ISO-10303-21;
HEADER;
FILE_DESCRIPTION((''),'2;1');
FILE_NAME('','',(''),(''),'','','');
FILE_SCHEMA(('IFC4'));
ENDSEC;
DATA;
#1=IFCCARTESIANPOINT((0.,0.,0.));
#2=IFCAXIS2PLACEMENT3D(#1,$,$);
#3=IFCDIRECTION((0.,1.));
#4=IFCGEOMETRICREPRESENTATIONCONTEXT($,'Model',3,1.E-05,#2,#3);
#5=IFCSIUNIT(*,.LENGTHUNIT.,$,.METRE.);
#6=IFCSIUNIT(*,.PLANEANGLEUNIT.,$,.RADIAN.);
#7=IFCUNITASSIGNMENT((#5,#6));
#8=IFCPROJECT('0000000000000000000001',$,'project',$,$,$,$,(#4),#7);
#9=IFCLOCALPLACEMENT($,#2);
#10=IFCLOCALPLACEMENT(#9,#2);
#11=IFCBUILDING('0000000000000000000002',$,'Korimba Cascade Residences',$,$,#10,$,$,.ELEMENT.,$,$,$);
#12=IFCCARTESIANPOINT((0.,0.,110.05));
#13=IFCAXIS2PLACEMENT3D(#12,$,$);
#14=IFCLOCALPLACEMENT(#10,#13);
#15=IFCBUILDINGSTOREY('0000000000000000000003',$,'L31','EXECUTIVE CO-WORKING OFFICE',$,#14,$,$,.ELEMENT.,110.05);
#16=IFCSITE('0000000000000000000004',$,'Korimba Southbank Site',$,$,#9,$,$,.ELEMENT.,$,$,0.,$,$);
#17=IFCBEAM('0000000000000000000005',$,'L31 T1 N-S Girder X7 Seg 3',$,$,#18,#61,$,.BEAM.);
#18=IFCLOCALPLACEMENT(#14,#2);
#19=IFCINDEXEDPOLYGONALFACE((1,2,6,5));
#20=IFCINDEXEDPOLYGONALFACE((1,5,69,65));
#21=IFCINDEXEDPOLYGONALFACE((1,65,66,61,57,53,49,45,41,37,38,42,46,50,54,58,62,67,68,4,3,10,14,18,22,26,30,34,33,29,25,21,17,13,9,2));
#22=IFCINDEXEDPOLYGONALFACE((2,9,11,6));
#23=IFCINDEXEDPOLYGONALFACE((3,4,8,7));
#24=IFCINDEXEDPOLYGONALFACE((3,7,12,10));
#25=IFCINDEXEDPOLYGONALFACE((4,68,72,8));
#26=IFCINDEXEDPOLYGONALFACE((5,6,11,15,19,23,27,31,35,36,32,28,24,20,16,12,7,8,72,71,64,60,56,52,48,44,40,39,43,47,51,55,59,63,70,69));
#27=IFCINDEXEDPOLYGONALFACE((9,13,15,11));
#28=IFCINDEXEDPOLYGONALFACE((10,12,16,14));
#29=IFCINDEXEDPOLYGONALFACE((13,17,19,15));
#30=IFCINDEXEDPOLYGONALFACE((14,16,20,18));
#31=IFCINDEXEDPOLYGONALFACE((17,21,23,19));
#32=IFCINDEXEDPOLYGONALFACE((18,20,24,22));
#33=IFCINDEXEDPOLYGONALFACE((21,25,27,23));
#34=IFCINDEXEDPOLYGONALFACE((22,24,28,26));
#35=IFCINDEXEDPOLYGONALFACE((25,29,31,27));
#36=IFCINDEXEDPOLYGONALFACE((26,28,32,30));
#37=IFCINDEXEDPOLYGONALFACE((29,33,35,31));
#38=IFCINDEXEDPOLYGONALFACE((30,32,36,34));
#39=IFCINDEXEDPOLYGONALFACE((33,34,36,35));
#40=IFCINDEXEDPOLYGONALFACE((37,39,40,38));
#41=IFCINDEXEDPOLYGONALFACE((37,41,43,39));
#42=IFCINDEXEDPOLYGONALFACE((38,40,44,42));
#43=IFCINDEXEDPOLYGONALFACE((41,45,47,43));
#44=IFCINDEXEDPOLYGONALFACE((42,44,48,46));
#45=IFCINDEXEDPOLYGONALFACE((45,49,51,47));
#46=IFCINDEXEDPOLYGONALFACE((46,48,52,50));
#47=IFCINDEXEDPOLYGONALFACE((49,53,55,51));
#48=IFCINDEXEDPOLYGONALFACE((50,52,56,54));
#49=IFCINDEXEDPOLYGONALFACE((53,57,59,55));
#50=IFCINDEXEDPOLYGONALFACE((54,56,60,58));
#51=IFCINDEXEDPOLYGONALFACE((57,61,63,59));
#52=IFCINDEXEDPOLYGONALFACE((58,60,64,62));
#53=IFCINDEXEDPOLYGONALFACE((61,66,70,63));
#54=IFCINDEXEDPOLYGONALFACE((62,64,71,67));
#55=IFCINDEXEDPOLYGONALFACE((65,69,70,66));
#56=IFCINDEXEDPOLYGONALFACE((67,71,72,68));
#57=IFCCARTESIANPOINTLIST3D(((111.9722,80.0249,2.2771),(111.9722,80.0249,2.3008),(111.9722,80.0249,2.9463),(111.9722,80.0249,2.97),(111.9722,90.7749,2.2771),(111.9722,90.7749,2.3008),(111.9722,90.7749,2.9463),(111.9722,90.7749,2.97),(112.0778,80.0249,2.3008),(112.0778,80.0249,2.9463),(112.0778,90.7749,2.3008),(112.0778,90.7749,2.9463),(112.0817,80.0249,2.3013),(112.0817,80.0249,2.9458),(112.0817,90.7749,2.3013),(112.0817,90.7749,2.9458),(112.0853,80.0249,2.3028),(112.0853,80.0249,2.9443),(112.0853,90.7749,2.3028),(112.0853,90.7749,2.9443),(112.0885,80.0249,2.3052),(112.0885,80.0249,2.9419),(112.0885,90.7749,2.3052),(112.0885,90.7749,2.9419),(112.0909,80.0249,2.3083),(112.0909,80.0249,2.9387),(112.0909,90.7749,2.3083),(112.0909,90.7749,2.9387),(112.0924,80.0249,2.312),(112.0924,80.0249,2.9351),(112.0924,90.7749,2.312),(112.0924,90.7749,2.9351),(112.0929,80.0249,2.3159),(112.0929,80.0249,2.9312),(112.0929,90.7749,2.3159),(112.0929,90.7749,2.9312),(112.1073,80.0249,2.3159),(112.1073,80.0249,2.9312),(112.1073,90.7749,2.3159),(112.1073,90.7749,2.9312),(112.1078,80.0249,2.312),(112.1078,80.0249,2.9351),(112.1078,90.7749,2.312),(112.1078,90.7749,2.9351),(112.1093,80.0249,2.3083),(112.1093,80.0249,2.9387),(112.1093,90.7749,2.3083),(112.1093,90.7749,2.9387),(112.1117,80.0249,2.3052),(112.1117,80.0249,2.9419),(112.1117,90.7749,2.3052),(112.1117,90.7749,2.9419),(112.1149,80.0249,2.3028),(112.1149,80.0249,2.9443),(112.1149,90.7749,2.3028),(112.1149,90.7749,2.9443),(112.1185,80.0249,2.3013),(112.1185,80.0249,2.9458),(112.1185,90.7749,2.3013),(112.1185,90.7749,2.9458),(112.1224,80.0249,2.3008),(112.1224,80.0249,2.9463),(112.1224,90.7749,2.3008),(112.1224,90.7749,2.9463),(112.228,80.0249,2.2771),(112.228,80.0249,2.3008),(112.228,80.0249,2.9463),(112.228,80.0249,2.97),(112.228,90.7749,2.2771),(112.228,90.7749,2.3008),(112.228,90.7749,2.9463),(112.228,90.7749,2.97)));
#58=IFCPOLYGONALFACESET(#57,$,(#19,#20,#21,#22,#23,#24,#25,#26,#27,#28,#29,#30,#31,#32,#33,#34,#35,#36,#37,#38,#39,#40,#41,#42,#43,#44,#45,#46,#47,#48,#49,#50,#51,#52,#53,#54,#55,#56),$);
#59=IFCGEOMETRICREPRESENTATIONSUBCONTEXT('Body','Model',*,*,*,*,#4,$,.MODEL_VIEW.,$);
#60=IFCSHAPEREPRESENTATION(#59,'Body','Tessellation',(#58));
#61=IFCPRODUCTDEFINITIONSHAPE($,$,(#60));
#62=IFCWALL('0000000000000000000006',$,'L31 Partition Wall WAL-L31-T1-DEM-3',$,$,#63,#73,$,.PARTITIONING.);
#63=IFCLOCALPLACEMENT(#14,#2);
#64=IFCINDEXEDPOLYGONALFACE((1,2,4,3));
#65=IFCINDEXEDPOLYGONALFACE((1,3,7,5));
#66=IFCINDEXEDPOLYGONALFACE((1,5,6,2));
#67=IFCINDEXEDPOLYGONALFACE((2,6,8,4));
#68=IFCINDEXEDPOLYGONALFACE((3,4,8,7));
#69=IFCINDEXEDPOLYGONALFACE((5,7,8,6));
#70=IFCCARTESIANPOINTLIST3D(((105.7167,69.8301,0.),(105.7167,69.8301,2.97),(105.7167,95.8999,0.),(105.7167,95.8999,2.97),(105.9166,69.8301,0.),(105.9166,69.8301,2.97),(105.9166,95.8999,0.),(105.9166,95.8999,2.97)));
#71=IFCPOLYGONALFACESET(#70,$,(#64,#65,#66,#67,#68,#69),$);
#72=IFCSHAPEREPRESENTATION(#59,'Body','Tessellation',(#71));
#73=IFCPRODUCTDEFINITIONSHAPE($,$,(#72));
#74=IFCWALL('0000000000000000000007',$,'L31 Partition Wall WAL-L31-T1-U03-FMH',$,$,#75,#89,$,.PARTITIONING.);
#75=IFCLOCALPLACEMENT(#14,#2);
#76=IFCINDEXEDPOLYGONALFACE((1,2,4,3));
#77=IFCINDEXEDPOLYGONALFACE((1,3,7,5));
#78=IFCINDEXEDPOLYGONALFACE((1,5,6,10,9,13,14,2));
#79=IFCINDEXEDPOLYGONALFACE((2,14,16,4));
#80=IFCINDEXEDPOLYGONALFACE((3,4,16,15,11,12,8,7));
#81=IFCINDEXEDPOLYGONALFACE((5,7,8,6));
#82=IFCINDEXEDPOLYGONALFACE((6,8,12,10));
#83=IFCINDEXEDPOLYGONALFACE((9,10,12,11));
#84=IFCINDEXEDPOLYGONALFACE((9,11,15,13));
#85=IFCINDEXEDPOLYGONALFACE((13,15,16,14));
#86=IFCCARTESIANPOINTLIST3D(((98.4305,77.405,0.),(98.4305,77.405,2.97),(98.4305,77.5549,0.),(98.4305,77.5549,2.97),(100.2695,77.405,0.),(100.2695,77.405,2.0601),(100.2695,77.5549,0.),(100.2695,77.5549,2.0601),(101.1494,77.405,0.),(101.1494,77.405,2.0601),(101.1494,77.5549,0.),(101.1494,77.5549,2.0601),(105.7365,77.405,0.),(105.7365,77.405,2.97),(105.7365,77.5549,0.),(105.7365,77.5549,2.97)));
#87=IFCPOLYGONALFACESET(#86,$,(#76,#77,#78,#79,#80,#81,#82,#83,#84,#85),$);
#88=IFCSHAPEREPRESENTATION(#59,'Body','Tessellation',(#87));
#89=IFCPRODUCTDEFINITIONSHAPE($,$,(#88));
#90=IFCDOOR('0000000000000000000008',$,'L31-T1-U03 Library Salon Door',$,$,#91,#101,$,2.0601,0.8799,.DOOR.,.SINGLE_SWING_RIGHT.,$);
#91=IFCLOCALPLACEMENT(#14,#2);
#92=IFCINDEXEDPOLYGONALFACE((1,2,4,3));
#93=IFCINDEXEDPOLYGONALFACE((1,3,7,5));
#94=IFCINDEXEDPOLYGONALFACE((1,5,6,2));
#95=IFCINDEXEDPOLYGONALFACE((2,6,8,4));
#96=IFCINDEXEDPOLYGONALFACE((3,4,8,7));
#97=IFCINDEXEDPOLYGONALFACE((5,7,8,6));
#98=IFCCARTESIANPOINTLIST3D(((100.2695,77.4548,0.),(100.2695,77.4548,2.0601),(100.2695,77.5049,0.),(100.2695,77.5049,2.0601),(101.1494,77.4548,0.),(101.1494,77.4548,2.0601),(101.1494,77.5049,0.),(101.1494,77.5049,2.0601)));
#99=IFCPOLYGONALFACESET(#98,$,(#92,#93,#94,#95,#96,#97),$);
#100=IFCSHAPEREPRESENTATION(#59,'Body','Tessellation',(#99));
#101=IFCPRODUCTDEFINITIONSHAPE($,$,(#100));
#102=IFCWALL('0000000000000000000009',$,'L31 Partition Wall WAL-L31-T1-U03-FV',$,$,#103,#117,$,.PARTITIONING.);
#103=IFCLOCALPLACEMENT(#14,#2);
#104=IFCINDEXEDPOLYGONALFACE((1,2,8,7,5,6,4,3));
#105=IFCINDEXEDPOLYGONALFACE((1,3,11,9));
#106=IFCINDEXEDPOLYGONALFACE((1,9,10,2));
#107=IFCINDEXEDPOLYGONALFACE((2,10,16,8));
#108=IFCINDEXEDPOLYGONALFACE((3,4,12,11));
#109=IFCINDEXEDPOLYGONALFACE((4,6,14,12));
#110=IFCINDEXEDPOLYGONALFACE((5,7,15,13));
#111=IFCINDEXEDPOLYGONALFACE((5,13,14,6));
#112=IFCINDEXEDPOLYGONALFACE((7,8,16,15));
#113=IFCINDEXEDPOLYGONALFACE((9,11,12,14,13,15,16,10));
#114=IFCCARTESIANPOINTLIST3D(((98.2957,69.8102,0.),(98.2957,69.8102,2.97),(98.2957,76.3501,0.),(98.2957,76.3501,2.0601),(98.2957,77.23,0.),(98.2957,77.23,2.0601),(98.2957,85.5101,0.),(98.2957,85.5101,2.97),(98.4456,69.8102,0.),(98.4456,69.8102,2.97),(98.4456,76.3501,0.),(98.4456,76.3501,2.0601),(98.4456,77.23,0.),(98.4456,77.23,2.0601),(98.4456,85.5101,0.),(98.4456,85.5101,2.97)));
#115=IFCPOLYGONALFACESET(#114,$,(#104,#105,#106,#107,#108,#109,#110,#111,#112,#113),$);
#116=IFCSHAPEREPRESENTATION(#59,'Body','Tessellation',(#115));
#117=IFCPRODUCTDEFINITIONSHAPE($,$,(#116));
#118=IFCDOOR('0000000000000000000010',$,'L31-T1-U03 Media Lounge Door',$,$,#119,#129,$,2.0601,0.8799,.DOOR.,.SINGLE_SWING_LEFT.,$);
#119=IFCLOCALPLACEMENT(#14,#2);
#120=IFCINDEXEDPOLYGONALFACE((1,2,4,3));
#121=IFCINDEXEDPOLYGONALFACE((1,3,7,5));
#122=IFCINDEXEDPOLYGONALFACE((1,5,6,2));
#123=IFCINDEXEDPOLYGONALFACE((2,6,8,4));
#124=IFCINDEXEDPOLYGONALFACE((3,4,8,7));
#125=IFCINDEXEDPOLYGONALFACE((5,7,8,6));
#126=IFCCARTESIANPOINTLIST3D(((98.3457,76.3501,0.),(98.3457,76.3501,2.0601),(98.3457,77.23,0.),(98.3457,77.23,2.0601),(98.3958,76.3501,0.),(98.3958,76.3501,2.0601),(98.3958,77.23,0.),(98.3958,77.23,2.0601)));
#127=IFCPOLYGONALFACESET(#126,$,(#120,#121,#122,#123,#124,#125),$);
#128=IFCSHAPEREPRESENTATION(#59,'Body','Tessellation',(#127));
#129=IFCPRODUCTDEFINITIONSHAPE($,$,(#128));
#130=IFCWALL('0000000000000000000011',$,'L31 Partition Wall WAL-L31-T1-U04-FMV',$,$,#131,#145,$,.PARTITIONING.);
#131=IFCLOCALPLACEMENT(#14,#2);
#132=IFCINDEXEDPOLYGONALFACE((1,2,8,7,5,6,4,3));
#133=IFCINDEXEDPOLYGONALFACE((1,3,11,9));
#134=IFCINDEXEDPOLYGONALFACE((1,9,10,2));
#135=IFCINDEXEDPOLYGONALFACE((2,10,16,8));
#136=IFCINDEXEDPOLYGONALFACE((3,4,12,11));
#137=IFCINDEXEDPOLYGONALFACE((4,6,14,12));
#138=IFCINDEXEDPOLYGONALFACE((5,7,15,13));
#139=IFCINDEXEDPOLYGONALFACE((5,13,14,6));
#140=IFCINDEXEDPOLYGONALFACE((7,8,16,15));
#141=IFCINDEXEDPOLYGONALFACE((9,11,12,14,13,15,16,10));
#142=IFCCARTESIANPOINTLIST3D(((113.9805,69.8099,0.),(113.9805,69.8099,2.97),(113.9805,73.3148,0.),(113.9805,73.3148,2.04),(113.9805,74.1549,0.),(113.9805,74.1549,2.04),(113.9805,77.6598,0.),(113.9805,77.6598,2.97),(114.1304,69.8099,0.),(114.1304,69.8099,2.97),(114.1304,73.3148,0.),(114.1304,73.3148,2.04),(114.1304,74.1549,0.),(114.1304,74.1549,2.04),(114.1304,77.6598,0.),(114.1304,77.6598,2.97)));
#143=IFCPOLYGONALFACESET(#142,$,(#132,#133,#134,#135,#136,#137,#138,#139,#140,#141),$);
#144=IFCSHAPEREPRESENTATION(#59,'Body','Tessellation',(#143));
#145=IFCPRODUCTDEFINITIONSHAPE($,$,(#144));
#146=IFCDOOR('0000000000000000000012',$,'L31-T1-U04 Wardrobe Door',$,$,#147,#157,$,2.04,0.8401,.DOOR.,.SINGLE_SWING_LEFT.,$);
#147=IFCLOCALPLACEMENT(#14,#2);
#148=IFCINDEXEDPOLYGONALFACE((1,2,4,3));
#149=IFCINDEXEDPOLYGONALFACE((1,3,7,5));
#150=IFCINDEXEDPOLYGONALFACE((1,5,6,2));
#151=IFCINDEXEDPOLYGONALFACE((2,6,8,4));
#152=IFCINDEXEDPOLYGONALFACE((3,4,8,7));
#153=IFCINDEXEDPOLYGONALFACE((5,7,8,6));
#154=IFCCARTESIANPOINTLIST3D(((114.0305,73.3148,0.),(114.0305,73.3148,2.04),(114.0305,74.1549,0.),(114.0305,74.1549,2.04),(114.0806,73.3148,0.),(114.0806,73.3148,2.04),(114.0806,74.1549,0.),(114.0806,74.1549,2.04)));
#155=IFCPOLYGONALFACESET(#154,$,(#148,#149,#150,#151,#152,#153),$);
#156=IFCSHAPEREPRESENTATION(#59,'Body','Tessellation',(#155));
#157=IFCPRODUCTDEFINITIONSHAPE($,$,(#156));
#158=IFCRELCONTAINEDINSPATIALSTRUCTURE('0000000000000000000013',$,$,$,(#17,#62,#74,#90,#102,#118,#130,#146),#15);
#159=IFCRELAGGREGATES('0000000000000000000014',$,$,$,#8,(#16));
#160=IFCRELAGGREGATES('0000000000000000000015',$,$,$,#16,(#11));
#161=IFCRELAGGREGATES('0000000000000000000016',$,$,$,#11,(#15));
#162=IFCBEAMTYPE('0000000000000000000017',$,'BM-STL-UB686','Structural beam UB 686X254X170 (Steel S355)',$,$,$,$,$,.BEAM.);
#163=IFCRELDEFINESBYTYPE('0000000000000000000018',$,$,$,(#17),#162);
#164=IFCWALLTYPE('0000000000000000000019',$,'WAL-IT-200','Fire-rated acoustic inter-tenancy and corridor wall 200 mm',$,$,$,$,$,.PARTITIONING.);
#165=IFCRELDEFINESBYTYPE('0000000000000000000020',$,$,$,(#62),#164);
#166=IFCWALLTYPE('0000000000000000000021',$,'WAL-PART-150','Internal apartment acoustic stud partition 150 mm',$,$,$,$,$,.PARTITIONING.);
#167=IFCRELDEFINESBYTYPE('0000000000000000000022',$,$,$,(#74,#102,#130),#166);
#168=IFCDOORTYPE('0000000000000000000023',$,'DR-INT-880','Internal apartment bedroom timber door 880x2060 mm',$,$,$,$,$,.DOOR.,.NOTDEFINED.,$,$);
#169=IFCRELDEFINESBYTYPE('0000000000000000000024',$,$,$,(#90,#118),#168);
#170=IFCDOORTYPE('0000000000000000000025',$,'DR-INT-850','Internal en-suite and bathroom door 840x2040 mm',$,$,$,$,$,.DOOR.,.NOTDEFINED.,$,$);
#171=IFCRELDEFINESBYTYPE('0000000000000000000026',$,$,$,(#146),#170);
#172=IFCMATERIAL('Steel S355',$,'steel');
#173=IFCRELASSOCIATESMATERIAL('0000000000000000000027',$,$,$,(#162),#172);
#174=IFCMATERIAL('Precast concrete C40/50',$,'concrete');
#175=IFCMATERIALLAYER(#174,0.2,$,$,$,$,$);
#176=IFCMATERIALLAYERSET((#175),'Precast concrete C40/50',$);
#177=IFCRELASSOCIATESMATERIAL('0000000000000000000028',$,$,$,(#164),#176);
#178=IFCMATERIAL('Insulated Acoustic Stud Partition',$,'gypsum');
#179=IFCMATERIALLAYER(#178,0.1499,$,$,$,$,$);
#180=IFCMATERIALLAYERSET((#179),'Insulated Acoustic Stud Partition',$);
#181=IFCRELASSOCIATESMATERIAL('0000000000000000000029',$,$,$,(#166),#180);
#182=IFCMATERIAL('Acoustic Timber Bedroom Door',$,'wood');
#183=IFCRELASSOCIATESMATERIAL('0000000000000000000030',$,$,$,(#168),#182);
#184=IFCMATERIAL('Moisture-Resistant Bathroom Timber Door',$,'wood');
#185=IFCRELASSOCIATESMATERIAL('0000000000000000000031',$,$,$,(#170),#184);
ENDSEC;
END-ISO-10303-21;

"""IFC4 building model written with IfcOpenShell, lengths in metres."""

from ifc_helpers import new_model, si_unit, direction, frame, frame_2d, origin, origin_2d, place, context, subcontext, project, spatial, rectangle, i_section, extrude, material, layer, layer_set, material_profile, profile_set, type_object, element, fill, save


model = new_model("IFC4")

# Units and contexts
model_context = context("Model", 3, precision=1e-05, world=origin(), true_north=direction((0.0, 1.0)))
body_context = subcontext(model_context, "Body", "Model", "MODEL_VIEW")
ifc_project = project(units=[si_unit("LENGTHUNIT", "METRE"), si_unit("PLANEANGLEUNIT", "RADIAN")], contexts=[model_context])

# Site, building, storey
site_placement = place(None, origin())
site = spatial("IfcSite", under=ifc_project, at=site_placement, Name="Korimba Southbank Site", CompositionType="ELEMENT", RefElevation=0.0)
building_placement = place(site_placement, origin())
building = spatial("IfcBuilding", under=site, at=building_placement, Name="Korimba Cascade Residences", CompositionType="ELEMENT")
storey_placement = place(building_placement, frame((0.0, 0.0, 110.05)))
storey = spatial("IfcBuildingStorey", under=building, at=storey_placement, Name="L31", Description="EXECUTIVE CO-WORKING OFFICE", CompositionType="ELEMENT", Elevation=110.05)

# Beam
ifc_material_1 = material(Name="Steel S355", Category="steel")
ifc_material_profile_1 = material_profile(ifc_material_1, i_section(OverallWidth=0.2559, OverallDepth=0.6929, WebThickness=0.0144, FlangeThickness=0.0237, FilletRadius=0.0151, at=origin_2d()), Name="Steel S355")
ifc_profile_set_1 = profile_set([ifc_material_profile_1], Name="Steel S355")
beam_type_1 = type_object("IfcBeamType", Name="BM-STL-UB686", Description="Structural beam UB 686X254X170 (Steel S355)", PredefinedType="BEAM", material=ifc_profile_set_1)
for number, where, z_axis, x_axis, name in (
    (1, (112.1001, 80.0249, 2.6235), (0.0, 1.0, 0.0), (-1.0, 0.0, 0.0), "L31 T1 N-S Girder X7 Seg 3"),
):
    element("IfcBeam", number, at=place(storey_placement, frame(where, z_axis=z_axis, x_axis=x_axis)), inside=storey, type_object=beam_type_1, Name=name, PredefinedType="BEAM", context=body_context, shape_type="SweptSolid", body=[
        extrude(i_section(OverallWidth=0.2559, OverallDepth=0.6929, WebThickness=0.0144, FlangeThickness=0.0237, FilletRadius=0.0151, at=origin_2d()), origin(), (0.0, 0.0, 1.0), 10.75),
    ])

# Wall
ifc_material_2 = material(Name="Precast concrete C40/50", Category="concrete")
ifc_layer_1 = layer(ifc_material_2, 0.2)
ifc_layer_set_1 = layer_set([ifc_layer_1], Name="Precast concrete C40/50")
wall_type_1 = type_object("IfcWallType", Name="WAL-IT-200", Description="Fire-rated acoustic inter-tenancy and corridor wall 200 mm", PredefinedType="PARTITIONING", material=ifc_layer_set_1)
wall_1_placement = place(storey_placement, frame((105.8167, 69.8301, 0.0), z_axis=(0.0, 0.0, 1.0), x_axis=(0.0, 1.0, 0.0)))
element("IfcWall", 2, at=wall_1_placement, inside=storey, type_object=wall_type_1, Name="L31 Partition Wall WAL-L31-T1-DEM-3", PredefinedType="PARTITIONING", context=body_context, shape_type="SweptSolid", body=[
    extrude(rectangle(XDim=26.0698, YDim=0.2, at=frame_2d((13.0349, 0.0))), origin(), (0.0, 0.0, 1.0), 2.97),
])

# Walls, openings, doors
ifc_material_3 = material(Name="Insulated Acoustic Stud Partition", Category="gypsum")
ifc_layer_2 = layer(ifc_material_3, 0.1499)
ifc_layer_set_2 = layer_set([ifc_layer_2], Name="Insulated Acoustic Stud Partition")
wall_type_2 = type_object("IfcWallType", Name="WAL-PART-150", Description="Internal apartment acoustic stud partition 150 mm", PredefinedType="PARTITIONING", material=ifc_layer_set_2)
wall_2_placement = place(storey_placement, frame((98.4307, 77.48, 0.0), z_axis=(0.0, 0.0, 1.0), x_axis=(1.0, 0.0, 0.0)))
wall_2 = element("IfcWall", 3, at=wall_2_placement, inside=storey, type_object=wall_type_2, Name="L31 Partition Wall WAL-L31-T1-U03-FMH", PredefinedType="PARTITIONING", context=body_context, shape_type="SweptSolid", body=[
    extrude(rectangle(XDim=7.3059, YDim=0.1499, at=frame_2d((3.6528, 0.0))), origin(), (0.0, 0.0, 1.0), 2.97),
])
opening_1_placement = place(wall_2_placement, frame((1.8389, 0.0, 0.0)))
opening_1 = element("IfcOpeningElement", 4, at=opening_1_placement, cuts=wall_2, PredefinedType="OPENING", context=body_context, shape_type="SweptSolid", body=[
    extrude(rectangle(XDim=0.8799, YDim=2.0601, at=frame_2d((0.4399, 1.03))), frame((0.0, 0.085, 0.0), z_axis=(0.0, -1.0, 0.0), x_axis=(1.0, 0.0, 0.0)), (0.0, 0.0, 1.0), 0.1699),
])
ifc_material_4 = material(Name="Acoustic Timber Bedroom Door", Category="wood")
door_type_1 = type_object("IfcDoorType", Name="DR-INT-880", Description="Internal apartment bedroom timber door 880x2060 mm", OperationType="NOTDEFINED", PredefinedType="DOOR", material=ifc_material_4)
door_1_placement = place(opening_1_placement, origin())
door_1 = element("IfcDoor", 5, at=door_1_placement, inside=storey, type_object=door_type_1, Name="L31-T1-U03 Library Salon Door", OperationType="SINGLE_SWING_RIGHT", OverallHeight=2.0601, OverallWidth=0.8799, PredefinedType="DOOR", context=body_context, shape_type="SweptSolid", body=[
    extrude(rectangle(XDim=0.8799, YDim=2.0601, at=frame_2d((0.4399, 1.03))), frame((0.0, 0.0249, 0.0), z_axis=(0.0, -1.0, 0.0), x_axis=(1.0, 0.0, 0.0)), (0.0, 0.0, 1.0), 0.05),
])
fill(opening_1, door_1)
wall_3_placement = place(storey_placement, frame((98.3706, 69.8101, 0.0), z_axis=(0.0, 0.0, 1.0), x_axis=(0.0, 1.0, 0.0)))
wall_3 = element("IfcWall", 6, at=wall_3_placement, inside=storey, type_object=wall_type_2, Name="L31 Partition Wall WAL-L31-T1-U03-FV", PredefinedType="PARTITIONING", context=body_context, shape_type="SweptSolid", body=[
    extrude(rectangle(XDim=15.7, YDim=0.1499, at=frame_2d((7.8501, 0.0))), origin(), (0.0, 0.0, 1.0), 2.97),
])
opening_2_placement = place(wall_3_placement, frame((6.54, 0.0, 0.0)))
opening_2 = element("IfcOpeningElement", 7, at=opening_2_placement, cuts=wall_3, PredefinedType="OPENING", context=body_context, shape_type="SweptSolid", body=[
    extrude(rectangle(XDim=0.8799, YDim=2.0601, at=frame_2d((0.4399, 1.03))), frame((0.0, 0.085, 0.0), z_axis=(0.0, -1.0, 0.0), x_axis=(1.0, 0.0, 0.0)), (0.0, 0.0, 1.0), 0.1699),
])
door_2_placement = place(opening_2_placement, origin())
door_2 = element("IfcDoor", 8, at=door_2_placement, inside=storey, type_object=door_type_1, Name="L31-T1-U03 Media Lounge Door", OperationType="SINGLE_SWING_LEFT", OverallHeight=2.0601, OverallWidth=0.8799, PredefinedType="DOOR", context=body_context, shape_type="SweptSolid", body=[
    extrude(rectangle(XDim=0.8799, YDim=2.0601, at=frame_2d((0.4399, 1.03))), frame((0.0, 0.0249, 0.0), z_axis=(0.0, -1.0, 0.0), x_axis=(1.0, 0.0, 0.0)), (0.0, 0.0, 1.0), 0.05),
])
fill(opening_2, door_2)
wall_4_placement = place(storey_placement, frame((114.0554, 69.8101, 0.0), z_axis=(0.0, 0.0, 1.0), x_axis=(0.0, 1.0, 0.0)))
wall_4 = element("IfcWall", 9, at=wall_4_placement, inside=storey, type_object=wall_type_2, Name="L31 Partition Wall WAL-L31-T1-U04-FMV", PredefinedType="PARTITIONING", context=body_context, shape_type="SweptSolid", body=[
    extrude(rectangle(XDim=7.8499, YDim=0.1499, at=frame_2d((3.9248, 0.0))), origin(), (0.0, 0.0, 1.0), 2.97),
])
opening_3_placement = place(wall_4_placement, frame((3.5049, 0.0, 0.0)))
opening_3 = element("IfcOpeningElement", 10, at=opening_3_placement, cuts=wall_4, PredefinedType="OPENING", context=body_context, shape_type="SweptSolid", body=[
    extrude(rectangle(XDim=0.8401, YDim=2.04, at=frame_2d((0.4199, 1.02))), frame((0.0, 0.085, 0.0), z_axis=(0.0, -1.0, 0.0), x_axis=(1.0, 0.0, 0.0)), (0.0, 0.0, 1.0), 0.1699),
])
ifc_material_5 = material(Name="Moisture-Resistant Bathroom Timber Door", Category="wood")
door_type_2 = type_object("IfcDoorType", Name="DR-INT-850", Description="Internal en-suite and bathroom door 840x2040 mm", OperationType="NOTDEFINED", PredefinedType="DOOR", material=ifc_material_5)
door_3_placement = place(opening_3_placement, origin())
door_3 = element("IfcDoor", 11, at=door_3_placement, inside=storey, type_object=door_type_2, Name="L31-T1-U04 Wardrobe Door", OperationType="SINGLE_SWING_LEFT", OverallHeight=2.04, OverallWidth=0.8401, PredefinedType="DOOR", context=body_context, shape_type="SweptSolid", body=[
    extrude(rectangle(XDim=0.8401, YDim=2.04, at=frame_2d((0.4199, 1.02))), frame((0.0, 0.0249, 0.0), z_axis=(0.0, -1.0, 0.0), x_axis=(1.0, 0.0, 0.0)), (0.0, 0.0, 1.0), 0.05),
])
fill(opening_3, door_3)

save(model, "model.ifc")
